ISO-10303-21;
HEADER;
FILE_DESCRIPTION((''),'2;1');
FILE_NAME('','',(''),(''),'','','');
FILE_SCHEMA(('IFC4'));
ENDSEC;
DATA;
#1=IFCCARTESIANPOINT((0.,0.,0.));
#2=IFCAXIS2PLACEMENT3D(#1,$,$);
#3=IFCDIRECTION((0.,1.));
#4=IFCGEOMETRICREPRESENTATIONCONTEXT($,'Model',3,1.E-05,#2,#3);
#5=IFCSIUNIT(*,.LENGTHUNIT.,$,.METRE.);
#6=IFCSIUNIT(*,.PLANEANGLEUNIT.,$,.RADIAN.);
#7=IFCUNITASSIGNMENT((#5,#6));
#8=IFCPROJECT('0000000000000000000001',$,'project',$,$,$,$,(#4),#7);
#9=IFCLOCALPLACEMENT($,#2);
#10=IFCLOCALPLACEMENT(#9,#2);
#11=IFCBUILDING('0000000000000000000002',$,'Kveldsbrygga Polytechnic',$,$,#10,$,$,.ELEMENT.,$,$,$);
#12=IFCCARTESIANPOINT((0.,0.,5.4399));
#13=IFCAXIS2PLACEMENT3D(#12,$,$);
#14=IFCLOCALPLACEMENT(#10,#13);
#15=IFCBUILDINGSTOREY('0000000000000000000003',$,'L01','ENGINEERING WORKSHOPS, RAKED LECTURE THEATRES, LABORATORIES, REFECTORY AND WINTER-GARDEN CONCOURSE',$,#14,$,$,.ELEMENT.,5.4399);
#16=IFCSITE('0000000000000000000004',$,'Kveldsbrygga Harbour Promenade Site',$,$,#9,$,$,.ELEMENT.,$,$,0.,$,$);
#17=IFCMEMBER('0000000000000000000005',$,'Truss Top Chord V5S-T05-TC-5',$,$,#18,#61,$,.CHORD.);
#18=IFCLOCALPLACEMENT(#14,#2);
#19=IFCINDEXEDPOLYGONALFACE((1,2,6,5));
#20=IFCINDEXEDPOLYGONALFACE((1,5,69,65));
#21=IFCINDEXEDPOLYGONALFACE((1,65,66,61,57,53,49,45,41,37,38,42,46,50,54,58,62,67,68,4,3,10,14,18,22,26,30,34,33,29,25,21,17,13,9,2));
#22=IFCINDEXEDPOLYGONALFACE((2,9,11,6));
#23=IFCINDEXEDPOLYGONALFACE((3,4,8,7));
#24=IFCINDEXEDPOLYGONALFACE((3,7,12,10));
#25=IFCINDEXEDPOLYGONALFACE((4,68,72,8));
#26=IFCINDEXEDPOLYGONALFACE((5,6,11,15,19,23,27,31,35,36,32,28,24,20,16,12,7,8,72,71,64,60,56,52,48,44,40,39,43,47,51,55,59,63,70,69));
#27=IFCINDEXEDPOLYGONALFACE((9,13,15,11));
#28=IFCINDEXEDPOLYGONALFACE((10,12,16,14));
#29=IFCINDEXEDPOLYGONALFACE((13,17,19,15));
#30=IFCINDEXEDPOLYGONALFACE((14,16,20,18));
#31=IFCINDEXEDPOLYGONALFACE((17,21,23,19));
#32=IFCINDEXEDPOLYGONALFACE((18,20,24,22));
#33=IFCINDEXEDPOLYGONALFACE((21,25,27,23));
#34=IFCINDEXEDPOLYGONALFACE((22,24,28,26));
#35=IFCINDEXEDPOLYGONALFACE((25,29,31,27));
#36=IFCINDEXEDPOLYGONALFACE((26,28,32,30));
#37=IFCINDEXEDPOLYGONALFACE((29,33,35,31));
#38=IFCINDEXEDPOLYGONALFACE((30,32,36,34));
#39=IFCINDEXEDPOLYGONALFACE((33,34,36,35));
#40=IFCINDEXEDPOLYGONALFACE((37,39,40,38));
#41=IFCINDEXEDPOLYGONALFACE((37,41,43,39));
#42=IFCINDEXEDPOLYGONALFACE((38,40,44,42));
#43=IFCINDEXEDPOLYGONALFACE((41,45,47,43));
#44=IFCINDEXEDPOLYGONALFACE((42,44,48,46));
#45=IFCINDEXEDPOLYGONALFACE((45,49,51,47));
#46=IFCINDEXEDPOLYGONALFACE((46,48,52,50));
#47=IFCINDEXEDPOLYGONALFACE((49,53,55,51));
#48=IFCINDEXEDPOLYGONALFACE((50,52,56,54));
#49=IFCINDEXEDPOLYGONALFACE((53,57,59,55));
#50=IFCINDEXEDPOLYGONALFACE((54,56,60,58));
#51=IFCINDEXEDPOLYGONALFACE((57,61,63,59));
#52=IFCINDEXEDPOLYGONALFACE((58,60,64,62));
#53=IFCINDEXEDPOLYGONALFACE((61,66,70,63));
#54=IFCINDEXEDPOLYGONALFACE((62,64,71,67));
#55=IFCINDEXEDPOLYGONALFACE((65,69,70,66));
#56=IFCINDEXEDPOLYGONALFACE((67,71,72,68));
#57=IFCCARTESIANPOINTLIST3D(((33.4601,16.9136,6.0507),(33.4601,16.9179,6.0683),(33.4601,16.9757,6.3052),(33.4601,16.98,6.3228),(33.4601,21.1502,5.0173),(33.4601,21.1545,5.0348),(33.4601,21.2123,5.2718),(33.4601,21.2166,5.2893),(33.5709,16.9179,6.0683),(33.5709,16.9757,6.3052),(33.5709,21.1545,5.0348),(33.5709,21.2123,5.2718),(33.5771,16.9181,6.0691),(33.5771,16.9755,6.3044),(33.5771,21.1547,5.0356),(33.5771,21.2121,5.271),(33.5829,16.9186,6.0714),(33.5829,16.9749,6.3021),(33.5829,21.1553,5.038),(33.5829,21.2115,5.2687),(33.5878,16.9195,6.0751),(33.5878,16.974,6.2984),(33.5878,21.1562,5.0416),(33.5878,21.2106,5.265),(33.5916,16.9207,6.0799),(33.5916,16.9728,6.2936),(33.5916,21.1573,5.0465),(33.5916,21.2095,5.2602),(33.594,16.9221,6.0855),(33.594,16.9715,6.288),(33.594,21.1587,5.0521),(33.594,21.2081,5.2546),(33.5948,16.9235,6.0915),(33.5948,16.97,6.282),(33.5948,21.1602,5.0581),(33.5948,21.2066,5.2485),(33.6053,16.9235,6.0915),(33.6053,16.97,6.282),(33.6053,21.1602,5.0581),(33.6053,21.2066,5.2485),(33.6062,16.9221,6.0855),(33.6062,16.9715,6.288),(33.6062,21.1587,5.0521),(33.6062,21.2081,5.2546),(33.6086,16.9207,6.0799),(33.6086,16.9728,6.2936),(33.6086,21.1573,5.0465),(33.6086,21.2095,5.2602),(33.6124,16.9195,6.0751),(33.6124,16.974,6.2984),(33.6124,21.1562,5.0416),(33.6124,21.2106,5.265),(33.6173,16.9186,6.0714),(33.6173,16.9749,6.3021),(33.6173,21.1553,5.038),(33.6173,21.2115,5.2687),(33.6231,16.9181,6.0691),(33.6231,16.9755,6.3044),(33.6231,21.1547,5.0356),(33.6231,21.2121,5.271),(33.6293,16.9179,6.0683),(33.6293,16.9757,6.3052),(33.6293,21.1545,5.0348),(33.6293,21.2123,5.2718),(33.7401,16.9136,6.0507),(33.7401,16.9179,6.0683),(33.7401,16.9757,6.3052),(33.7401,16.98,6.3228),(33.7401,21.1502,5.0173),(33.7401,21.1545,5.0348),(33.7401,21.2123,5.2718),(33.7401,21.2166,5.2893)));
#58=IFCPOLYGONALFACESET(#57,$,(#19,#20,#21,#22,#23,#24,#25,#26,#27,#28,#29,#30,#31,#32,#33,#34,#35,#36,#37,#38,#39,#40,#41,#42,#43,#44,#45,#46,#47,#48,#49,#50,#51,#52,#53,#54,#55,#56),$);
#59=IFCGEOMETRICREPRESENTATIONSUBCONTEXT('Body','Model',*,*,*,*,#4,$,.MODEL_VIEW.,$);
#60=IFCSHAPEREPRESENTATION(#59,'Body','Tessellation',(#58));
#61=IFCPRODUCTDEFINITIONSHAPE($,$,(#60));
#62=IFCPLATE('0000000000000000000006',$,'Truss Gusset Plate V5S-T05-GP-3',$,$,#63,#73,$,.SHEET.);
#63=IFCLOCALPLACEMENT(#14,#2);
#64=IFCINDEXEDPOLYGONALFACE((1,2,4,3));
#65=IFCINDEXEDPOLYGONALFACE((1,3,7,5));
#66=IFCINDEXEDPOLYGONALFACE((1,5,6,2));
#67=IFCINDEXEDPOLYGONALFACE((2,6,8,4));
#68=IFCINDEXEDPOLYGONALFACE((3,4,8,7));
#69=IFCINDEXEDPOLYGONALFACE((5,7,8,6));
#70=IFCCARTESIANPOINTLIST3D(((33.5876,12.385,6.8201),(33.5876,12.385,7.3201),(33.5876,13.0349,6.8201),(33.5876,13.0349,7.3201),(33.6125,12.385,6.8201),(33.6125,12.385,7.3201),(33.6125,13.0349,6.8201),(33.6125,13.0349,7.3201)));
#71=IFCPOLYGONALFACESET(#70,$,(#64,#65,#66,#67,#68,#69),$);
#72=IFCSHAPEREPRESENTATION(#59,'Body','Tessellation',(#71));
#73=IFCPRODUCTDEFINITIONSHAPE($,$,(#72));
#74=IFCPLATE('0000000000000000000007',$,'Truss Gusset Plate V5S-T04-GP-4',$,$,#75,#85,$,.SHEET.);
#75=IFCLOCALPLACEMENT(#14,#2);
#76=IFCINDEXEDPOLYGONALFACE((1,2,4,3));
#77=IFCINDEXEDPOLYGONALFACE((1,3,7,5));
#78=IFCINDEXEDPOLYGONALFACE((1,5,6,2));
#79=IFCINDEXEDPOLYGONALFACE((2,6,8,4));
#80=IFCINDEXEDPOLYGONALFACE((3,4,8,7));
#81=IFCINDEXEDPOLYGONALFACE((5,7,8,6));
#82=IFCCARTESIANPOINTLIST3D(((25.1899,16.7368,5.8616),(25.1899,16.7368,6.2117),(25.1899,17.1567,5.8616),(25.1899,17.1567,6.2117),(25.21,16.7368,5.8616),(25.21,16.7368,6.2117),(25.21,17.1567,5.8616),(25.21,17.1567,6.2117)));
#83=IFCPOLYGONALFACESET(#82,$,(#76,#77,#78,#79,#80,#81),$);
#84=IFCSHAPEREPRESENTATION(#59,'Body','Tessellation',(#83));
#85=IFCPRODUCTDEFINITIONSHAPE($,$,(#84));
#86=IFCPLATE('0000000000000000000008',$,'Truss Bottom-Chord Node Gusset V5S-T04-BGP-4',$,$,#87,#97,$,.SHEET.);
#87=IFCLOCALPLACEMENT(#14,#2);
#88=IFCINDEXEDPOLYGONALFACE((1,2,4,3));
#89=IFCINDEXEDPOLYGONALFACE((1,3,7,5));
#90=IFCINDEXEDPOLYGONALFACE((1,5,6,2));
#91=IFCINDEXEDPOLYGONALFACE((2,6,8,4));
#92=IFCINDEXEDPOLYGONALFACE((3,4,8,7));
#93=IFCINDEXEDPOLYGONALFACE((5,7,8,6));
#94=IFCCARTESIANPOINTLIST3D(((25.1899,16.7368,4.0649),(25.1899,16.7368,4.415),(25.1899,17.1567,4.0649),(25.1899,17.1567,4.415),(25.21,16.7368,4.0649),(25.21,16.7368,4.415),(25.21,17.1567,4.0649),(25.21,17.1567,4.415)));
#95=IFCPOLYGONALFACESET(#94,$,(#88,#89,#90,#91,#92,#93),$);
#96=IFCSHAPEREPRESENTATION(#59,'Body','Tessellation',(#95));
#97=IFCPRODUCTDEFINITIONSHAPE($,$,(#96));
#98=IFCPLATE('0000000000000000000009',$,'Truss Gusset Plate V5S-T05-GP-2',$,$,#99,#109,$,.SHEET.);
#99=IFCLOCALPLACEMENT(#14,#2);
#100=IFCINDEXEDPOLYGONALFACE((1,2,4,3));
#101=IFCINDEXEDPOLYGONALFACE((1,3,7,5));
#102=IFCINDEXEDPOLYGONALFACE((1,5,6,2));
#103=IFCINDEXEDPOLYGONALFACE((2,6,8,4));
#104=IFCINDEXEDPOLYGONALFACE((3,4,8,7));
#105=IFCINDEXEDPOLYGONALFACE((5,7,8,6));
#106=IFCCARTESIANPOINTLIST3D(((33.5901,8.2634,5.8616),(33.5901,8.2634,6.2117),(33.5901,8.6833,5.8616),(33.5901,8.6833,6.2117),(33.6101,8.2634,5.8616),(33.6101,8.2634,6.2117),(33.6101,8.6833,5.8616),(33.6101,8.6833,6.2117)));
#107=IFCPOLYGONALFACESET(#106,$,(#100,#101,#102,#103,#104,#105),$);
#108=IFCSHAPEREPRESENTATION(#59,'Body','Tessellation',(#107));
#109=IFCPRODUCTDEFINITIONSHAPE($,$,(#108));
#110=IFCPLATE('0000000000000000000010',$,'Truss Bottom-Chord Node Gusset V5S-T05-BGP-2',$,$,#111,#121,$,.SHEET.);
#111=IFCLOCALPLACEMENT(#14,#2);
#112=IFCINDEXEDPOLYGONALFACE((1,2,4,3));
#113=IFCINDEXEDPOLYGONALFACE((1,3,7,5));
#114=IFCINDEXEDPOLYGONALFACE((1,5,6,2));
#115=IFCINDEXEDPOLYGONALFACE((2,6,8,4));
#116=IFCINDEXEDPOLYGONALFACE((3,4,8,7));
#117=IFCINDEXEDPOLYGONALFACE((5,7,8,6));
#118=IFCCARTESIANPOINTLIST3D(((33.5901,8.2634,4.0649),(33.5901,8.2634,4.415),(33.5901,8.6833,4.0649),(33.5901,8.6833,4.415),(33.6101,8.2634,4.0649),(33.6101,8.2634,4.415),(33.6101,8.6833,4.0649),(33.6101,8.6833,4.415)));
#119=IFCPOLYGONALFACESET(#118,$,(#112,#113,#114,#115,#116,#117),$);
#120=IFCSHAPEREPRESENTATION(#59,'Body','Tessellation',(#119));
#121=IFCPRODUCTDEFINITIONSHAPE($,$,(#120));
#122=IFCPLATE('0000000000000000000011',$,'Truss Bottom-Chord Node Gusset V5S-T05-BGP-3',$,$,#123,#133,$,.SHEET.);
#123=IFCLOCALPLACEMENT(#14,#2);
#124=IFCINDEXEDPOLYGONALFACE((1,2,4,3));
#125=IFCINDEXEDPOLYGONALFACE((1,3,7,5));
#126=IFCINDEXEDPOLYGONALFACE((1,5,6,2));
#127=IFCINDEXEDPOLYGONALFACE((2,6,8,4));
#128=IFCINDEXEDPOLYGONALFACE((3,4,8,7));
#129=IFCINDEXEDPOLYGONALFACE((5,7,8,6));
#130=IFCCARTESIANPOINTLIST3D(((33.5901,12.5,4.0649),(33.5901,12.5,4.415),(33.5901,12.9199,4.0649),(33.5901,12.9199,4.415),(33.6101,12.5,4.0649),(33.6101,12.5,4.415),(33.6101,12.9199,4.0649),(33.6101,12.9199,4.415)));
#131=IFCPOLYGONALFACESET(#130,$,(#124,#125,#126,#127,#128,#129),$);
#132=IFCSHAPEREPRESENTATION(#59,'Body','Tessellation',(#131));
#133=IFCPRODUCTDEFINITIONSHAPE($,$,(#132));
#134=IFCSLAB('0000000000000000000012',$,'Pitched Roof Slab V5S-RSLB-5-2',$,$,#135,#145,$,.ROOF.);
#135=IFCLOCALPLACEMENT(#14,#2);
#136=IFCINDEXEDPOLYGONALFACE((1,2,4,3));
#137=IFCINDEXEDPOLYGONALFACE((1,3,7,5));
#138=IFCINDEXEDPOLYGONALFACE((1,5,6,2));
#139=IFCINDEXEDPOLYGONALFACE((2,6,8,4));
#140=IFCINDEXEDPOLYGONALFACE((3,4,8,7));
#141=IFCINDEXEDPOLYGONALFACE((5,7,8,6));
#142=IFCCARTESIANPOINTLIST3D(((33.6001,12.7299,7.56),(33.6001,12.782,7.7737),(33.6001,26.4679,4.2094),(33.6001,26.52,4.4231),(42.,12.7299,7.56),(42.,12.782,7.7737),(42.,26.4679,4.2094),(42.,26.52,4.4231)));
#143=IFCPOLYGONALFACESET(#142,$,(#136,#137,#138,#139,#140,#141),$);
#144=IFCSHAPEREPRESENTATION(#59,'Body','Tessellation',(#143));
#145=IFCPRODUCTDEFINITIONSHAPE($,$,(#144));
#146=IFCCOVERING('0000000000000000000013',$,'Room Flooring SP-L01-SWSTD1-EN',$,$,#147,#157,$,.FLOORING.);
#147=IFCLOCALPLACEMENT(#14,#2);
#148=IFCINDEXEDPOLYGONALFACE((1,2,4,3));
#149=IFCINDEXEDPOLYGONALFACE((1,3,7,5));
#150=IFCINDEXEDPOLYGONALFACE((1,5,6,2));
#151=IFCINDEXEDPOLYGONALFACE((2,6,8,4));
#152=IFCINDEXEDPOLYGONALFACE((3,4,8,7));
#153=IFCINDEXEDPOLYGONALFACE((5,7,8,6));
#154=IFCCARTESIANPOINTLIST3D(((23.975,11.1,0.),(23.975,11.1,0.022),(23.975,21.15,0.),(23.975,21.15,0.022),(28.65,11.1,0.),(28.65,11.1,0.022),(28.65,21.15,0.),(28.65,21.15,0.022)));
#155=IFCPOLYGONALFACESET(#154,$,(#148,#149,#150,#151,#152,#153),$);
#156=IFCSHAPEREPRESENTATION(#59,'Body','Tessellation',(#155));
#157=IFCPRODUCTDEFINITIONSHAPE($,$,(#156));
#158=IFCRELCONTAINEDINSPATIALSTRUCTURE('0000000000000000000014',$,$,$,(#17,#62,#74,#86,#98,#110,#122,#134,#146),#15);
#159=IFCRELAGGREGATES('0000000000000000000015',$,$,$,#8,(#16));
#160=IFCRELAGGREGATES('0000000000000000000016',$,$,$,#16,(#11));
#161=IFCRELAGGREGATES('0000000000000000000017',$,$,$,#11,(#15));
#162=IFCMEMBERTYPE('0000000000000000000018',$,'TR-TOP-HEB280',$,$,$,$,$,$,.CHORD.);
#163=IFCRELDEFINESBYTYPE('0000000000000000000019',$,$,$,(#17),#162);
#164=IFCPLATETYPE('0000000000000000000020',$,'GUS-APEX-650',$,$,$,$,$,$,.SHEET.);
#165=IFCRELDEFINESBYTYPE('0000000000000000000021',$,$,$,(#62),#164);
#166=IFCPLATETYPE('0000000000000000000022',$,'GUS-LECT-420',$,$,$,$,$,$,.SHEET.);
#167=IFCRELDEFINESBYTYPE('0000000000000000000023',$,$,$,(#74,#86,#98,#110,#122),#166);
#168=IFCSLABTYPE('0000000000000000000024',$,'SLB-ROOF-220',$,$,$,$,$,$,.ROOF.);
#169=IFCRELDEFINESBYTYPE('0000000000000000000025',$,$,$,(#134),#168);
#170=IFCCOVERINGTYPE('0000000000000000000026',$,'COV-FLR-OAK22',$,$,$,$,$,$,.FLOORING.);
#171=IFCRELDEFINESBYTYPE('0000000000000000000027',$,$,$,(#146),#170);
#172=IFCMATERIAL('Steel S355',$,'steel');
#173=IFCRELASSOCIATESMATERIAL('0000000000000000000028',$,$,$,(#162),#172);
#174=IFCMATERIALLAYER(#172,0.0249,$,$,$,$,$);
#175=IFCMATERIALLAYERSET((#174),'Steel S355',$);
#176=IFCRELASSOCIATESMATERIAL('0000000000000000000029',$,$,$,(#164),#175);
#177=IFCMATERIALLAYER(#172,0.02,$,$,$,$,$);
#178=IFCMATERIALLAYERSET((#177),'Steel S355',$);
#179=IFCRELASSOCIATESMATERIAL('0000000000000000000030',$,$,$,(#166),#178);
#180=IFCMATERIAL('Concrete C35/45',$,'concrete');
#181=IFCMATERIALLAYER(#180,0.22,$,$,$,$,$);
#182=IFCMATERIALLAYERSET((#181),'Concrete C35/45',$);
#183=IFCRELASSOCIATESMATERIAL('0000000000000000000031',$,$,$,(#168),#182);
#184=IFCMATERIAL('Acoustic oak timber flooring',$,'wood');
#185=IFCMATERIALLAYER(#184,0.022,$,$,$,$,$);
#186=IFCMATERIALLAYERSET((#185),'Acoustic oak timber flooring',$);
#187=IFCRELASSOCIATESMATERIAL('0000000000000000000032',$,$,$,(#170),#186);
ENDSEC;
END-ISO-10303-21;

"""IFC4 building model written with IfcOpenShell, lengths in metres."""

from ifc_helpers import new_model, si_unit, direction, frame, origin, origin_2d, place, context, subcontext, project, spatial, polyline, rectangle, i_section, outline, extrude, material, layer, layer_set, material_profile, profile_set, type_object, element, save


model = new_model("IFC4")

# Units and contexts
model_context = context("Model", 3, precision=1e-05, world=origin(), true_north=direction((0.0, 1.0)))
body_context = subcontext(model_context, "Body", "Model", "MODEL_VIEW")
ifc_project = project(units=[si_unit("LENGTHUNIT", "METRE"), si_unit("PLANEANGLEUNIT", "RADIAN")], contexts=[model_context])

# Site, building, storey
site_placement = place(None, origin())
site = spatial("IfcSite", under=ifc_project, at=site_placement, Name="Kveldsbrygga Harbour Promenade Site", CompositionType="ELEMENT", RefElevation=0.0)
building_placement = place(site_placement, origin())
building = spatial("IfcBuilding", under=site, at=building_placement, Name="Kveldsbrygga Polytechnic", CompositionType="ELEMENT")
storey_placement = place(building_placement, frame((0.0, 0.0, 5.4399)))
storey = spatial("IfcBuildingStorey", under=building, at=storey_placement, Name="L01", Description="ENGINEERING WORKSHOPS, RAKED LECTURE THEATRES, LABORATORIES, REFECTORY AND WINTER-GARDEN CONCOURSE", CompositionType="ELEMENT", Elevation=5.4399)

# Member
ifc_material_1 = material(Name="Steel S355", Category="steel")
ifc_material_profile_1 = material_profile(ifc_material_1, i_section(OverallWidth=0.28, OverallDepth=0.28, WebThickness=0.0105, FlangeThickness=0.0181, FilletRadius=0.0239, at=origin_2d()), Name="HEB 280")
ifc_profile_set_1 = profile_set([ifc_material_profile_1], Name="Steel S355")
member_type_1 = type_object("IfcMemberType", Name="TR-TOP-HEB280", PredefinedType="CHORD", material=ifc_profile_set_1)
member_1_placement = place(storey_placement, frame((33.6001, 16.9468, 6.1868), z_axis=(0.0, 0.971513, -0.236986), x_axis=(-1.0, 0.0, 0.0)))
element("IfcMember", 1, at=member_1_placement, inside=storey, type_object=member_type_1, Name="Truss Top Chord V5S-T05-TC-5", PredefinedType="CHORD", context=body_context, shape_type="SweptSolid", body=[
    extrude(i_section(OverallWidth=0.28, OverallDepth=0.28, WebThickness=0.0105, FlangeThickness=0.0181, FilletRadius=0.0239, at=origin_2d()), origin(), (0.0, 0.0, 1.0), 4.3608),
])

# Plates
ifc_layer_1 = layer(ifc_material_1, 0.0249)
ifc_layer_set_1 = layer_set([ifc_layer_1], Name="Steel S355")
plate_type_1 = type_object("IfcPlateType", Name="GUS-APEX-650", PredefinedType="SHEET", material=ifc_layer_set_1)
plate_placement = place(storey_placement, frame((33.6001, 12.71, 6.8201), z_axis=(0.0, 0.0, 1.0), x_axis=(1.0, 0.0, 0.0)))
element("IfcPlate", 2, at=plate_placement, inside=storey, type_object=plate_type_1, Name="Truss Gusset Plate V5S-T05-GP-3", PredefinedType="SHEET", context=body_context, shape_type="SweptSolid", body=[
    extrude(rectangle(XDim=0.0249, YDim=0.6499, at=origin_2d()), origin(), (0.0, 0.0, 1.0), 0.5),
])
ifc_layer_2 = layer(ifc_material_1, 0.02)
ifc_layer_set_2 = layer_set([ifc_layer_2], Name="Steel S355")
plate_type_2 = type_object("IfcPlateType", Name="GUS-LECT-420", PredefinedType="SHEET", material=ifc_layer_set_2)
for number, where, z_axis, x_axis, name in (
    (3, (25.2, 16.9468, 5.8616), (0.0, 0.0, 1.0), (1.0, 0.0, 0.0), "Truss Gusset Plate V5S-T04-GP-4"),
    (4, (25.2, 16.9468, 4.0649), (0.0, 0.0, 1.0), (1.0, 0.0, 0.0), "Truss Bottom-Chord Node Gusset V5S-T04-BGP-4"),
    (5, (33.6001, 8.4734, 5.8616), (0.0, 0.0, 1.0), (1.0, 0.0, 0.0), "Truss Gusset Plate V5S-T05-GP-2"),
    (6, (33.6001, 8.4734, 4.0649), (0.0, 0.0, 1.0), (1.0, 0.0, 0.0), "Truss Bottom-Chord Node Gusset V5S-T05-BGP-2"),
    (7, (33.6001, 12.71, 4.0649), (0.0, 0.0, 1.0), (1.0, 0.0, 0.0), "Truss Bottom-Chord Node Gusset V5S-T05-BGP-3"),
):
    element("IfcPlate", number, at=place(storey_placement, frame(where, z_axis=z_axis, x_axis=x_axis)), inside=storey, type_object=plate_type_2, Name=name, PredefinedType="SHEET", context=body_context, shape_type="SweptSolid", body=[
        extrude(rectangle(XDim=0.02, YDim=0.4199, at=origin_2d()), origin(), (0.0, 0.0, 1.0), 0.3501),
    ])

# Slab
ifc_material_2 = material(Name="Concrete C35/45", Category="concrete")
ifc_layer_3 = layer(ifc_material_2, 0.22)
ifc_layer_set_3 = layer_set([ifc_layer_3], Name="Concrete C35/45")
slab_type = type_object("IfcSlabType", Name="SLB-ROOF-220", PredefinedType="ROOF", material=ifc_layer_set_3)
slab_placement = place(storey_placement, frame((33.6001, 12.782, 7.7737), z_axis=(0.0, 0.236946, 0.971523), x_axis=(1.0, 0.0, 0.0)))
element("IfcSlab", 8, at=slab_placement, inside=storey, type_object=slab_type, Name="Pitched Roof Slab V5S-RSLB-5-2", PredefinedType="ROOF", context=body_context, shape_type="SweptSolid", body=[
    extrude(outline(polyline([(0.0, 0.0), (8.3999, 0.0), (8.3999, 14.1407), (0.0, 14.1407), (0.0, 0.0)])), origin(), (0.0, 0.0, -1.0), 0.22),
])

# Covering
ifc_material_3 = material(Name="Acoustic oak timber flooring", Category="wood")
ifc_layer_4 = layer(ifc_material_3, 0.022)
ifc_layer_set_4 = layer_set([ifc_layer_4], Name="Acoustic oak timber flooring")
covering_type = type_object("IfcCoveringType", Name="COV-FLR-OAK22", PredefinedType="FLOORING", material=ifc_layer_set_4)
covering_placement = place(storey_placement, frame((26.3125, 16.125, 0.0), z_axis=(0.0, 0.0, 1.0), x_axis=(1.0, 0.0, 0.0)))
element("IfcCovering", 9, at=covering_placement, inside=storey, type_object=covering_type, Name="Room Flooring SP-L01-SWSTD1-EN", PredefinedType="FLOORING", context=body_context, shape_type="SweptSolid", body=[
    extrude(rectangle(XDim=4.675, YDim=10.05, at=origin_2d()), origin(), (0.0, 0.0, 1.0), 0.022),
])

save(model, "model.ifc")
